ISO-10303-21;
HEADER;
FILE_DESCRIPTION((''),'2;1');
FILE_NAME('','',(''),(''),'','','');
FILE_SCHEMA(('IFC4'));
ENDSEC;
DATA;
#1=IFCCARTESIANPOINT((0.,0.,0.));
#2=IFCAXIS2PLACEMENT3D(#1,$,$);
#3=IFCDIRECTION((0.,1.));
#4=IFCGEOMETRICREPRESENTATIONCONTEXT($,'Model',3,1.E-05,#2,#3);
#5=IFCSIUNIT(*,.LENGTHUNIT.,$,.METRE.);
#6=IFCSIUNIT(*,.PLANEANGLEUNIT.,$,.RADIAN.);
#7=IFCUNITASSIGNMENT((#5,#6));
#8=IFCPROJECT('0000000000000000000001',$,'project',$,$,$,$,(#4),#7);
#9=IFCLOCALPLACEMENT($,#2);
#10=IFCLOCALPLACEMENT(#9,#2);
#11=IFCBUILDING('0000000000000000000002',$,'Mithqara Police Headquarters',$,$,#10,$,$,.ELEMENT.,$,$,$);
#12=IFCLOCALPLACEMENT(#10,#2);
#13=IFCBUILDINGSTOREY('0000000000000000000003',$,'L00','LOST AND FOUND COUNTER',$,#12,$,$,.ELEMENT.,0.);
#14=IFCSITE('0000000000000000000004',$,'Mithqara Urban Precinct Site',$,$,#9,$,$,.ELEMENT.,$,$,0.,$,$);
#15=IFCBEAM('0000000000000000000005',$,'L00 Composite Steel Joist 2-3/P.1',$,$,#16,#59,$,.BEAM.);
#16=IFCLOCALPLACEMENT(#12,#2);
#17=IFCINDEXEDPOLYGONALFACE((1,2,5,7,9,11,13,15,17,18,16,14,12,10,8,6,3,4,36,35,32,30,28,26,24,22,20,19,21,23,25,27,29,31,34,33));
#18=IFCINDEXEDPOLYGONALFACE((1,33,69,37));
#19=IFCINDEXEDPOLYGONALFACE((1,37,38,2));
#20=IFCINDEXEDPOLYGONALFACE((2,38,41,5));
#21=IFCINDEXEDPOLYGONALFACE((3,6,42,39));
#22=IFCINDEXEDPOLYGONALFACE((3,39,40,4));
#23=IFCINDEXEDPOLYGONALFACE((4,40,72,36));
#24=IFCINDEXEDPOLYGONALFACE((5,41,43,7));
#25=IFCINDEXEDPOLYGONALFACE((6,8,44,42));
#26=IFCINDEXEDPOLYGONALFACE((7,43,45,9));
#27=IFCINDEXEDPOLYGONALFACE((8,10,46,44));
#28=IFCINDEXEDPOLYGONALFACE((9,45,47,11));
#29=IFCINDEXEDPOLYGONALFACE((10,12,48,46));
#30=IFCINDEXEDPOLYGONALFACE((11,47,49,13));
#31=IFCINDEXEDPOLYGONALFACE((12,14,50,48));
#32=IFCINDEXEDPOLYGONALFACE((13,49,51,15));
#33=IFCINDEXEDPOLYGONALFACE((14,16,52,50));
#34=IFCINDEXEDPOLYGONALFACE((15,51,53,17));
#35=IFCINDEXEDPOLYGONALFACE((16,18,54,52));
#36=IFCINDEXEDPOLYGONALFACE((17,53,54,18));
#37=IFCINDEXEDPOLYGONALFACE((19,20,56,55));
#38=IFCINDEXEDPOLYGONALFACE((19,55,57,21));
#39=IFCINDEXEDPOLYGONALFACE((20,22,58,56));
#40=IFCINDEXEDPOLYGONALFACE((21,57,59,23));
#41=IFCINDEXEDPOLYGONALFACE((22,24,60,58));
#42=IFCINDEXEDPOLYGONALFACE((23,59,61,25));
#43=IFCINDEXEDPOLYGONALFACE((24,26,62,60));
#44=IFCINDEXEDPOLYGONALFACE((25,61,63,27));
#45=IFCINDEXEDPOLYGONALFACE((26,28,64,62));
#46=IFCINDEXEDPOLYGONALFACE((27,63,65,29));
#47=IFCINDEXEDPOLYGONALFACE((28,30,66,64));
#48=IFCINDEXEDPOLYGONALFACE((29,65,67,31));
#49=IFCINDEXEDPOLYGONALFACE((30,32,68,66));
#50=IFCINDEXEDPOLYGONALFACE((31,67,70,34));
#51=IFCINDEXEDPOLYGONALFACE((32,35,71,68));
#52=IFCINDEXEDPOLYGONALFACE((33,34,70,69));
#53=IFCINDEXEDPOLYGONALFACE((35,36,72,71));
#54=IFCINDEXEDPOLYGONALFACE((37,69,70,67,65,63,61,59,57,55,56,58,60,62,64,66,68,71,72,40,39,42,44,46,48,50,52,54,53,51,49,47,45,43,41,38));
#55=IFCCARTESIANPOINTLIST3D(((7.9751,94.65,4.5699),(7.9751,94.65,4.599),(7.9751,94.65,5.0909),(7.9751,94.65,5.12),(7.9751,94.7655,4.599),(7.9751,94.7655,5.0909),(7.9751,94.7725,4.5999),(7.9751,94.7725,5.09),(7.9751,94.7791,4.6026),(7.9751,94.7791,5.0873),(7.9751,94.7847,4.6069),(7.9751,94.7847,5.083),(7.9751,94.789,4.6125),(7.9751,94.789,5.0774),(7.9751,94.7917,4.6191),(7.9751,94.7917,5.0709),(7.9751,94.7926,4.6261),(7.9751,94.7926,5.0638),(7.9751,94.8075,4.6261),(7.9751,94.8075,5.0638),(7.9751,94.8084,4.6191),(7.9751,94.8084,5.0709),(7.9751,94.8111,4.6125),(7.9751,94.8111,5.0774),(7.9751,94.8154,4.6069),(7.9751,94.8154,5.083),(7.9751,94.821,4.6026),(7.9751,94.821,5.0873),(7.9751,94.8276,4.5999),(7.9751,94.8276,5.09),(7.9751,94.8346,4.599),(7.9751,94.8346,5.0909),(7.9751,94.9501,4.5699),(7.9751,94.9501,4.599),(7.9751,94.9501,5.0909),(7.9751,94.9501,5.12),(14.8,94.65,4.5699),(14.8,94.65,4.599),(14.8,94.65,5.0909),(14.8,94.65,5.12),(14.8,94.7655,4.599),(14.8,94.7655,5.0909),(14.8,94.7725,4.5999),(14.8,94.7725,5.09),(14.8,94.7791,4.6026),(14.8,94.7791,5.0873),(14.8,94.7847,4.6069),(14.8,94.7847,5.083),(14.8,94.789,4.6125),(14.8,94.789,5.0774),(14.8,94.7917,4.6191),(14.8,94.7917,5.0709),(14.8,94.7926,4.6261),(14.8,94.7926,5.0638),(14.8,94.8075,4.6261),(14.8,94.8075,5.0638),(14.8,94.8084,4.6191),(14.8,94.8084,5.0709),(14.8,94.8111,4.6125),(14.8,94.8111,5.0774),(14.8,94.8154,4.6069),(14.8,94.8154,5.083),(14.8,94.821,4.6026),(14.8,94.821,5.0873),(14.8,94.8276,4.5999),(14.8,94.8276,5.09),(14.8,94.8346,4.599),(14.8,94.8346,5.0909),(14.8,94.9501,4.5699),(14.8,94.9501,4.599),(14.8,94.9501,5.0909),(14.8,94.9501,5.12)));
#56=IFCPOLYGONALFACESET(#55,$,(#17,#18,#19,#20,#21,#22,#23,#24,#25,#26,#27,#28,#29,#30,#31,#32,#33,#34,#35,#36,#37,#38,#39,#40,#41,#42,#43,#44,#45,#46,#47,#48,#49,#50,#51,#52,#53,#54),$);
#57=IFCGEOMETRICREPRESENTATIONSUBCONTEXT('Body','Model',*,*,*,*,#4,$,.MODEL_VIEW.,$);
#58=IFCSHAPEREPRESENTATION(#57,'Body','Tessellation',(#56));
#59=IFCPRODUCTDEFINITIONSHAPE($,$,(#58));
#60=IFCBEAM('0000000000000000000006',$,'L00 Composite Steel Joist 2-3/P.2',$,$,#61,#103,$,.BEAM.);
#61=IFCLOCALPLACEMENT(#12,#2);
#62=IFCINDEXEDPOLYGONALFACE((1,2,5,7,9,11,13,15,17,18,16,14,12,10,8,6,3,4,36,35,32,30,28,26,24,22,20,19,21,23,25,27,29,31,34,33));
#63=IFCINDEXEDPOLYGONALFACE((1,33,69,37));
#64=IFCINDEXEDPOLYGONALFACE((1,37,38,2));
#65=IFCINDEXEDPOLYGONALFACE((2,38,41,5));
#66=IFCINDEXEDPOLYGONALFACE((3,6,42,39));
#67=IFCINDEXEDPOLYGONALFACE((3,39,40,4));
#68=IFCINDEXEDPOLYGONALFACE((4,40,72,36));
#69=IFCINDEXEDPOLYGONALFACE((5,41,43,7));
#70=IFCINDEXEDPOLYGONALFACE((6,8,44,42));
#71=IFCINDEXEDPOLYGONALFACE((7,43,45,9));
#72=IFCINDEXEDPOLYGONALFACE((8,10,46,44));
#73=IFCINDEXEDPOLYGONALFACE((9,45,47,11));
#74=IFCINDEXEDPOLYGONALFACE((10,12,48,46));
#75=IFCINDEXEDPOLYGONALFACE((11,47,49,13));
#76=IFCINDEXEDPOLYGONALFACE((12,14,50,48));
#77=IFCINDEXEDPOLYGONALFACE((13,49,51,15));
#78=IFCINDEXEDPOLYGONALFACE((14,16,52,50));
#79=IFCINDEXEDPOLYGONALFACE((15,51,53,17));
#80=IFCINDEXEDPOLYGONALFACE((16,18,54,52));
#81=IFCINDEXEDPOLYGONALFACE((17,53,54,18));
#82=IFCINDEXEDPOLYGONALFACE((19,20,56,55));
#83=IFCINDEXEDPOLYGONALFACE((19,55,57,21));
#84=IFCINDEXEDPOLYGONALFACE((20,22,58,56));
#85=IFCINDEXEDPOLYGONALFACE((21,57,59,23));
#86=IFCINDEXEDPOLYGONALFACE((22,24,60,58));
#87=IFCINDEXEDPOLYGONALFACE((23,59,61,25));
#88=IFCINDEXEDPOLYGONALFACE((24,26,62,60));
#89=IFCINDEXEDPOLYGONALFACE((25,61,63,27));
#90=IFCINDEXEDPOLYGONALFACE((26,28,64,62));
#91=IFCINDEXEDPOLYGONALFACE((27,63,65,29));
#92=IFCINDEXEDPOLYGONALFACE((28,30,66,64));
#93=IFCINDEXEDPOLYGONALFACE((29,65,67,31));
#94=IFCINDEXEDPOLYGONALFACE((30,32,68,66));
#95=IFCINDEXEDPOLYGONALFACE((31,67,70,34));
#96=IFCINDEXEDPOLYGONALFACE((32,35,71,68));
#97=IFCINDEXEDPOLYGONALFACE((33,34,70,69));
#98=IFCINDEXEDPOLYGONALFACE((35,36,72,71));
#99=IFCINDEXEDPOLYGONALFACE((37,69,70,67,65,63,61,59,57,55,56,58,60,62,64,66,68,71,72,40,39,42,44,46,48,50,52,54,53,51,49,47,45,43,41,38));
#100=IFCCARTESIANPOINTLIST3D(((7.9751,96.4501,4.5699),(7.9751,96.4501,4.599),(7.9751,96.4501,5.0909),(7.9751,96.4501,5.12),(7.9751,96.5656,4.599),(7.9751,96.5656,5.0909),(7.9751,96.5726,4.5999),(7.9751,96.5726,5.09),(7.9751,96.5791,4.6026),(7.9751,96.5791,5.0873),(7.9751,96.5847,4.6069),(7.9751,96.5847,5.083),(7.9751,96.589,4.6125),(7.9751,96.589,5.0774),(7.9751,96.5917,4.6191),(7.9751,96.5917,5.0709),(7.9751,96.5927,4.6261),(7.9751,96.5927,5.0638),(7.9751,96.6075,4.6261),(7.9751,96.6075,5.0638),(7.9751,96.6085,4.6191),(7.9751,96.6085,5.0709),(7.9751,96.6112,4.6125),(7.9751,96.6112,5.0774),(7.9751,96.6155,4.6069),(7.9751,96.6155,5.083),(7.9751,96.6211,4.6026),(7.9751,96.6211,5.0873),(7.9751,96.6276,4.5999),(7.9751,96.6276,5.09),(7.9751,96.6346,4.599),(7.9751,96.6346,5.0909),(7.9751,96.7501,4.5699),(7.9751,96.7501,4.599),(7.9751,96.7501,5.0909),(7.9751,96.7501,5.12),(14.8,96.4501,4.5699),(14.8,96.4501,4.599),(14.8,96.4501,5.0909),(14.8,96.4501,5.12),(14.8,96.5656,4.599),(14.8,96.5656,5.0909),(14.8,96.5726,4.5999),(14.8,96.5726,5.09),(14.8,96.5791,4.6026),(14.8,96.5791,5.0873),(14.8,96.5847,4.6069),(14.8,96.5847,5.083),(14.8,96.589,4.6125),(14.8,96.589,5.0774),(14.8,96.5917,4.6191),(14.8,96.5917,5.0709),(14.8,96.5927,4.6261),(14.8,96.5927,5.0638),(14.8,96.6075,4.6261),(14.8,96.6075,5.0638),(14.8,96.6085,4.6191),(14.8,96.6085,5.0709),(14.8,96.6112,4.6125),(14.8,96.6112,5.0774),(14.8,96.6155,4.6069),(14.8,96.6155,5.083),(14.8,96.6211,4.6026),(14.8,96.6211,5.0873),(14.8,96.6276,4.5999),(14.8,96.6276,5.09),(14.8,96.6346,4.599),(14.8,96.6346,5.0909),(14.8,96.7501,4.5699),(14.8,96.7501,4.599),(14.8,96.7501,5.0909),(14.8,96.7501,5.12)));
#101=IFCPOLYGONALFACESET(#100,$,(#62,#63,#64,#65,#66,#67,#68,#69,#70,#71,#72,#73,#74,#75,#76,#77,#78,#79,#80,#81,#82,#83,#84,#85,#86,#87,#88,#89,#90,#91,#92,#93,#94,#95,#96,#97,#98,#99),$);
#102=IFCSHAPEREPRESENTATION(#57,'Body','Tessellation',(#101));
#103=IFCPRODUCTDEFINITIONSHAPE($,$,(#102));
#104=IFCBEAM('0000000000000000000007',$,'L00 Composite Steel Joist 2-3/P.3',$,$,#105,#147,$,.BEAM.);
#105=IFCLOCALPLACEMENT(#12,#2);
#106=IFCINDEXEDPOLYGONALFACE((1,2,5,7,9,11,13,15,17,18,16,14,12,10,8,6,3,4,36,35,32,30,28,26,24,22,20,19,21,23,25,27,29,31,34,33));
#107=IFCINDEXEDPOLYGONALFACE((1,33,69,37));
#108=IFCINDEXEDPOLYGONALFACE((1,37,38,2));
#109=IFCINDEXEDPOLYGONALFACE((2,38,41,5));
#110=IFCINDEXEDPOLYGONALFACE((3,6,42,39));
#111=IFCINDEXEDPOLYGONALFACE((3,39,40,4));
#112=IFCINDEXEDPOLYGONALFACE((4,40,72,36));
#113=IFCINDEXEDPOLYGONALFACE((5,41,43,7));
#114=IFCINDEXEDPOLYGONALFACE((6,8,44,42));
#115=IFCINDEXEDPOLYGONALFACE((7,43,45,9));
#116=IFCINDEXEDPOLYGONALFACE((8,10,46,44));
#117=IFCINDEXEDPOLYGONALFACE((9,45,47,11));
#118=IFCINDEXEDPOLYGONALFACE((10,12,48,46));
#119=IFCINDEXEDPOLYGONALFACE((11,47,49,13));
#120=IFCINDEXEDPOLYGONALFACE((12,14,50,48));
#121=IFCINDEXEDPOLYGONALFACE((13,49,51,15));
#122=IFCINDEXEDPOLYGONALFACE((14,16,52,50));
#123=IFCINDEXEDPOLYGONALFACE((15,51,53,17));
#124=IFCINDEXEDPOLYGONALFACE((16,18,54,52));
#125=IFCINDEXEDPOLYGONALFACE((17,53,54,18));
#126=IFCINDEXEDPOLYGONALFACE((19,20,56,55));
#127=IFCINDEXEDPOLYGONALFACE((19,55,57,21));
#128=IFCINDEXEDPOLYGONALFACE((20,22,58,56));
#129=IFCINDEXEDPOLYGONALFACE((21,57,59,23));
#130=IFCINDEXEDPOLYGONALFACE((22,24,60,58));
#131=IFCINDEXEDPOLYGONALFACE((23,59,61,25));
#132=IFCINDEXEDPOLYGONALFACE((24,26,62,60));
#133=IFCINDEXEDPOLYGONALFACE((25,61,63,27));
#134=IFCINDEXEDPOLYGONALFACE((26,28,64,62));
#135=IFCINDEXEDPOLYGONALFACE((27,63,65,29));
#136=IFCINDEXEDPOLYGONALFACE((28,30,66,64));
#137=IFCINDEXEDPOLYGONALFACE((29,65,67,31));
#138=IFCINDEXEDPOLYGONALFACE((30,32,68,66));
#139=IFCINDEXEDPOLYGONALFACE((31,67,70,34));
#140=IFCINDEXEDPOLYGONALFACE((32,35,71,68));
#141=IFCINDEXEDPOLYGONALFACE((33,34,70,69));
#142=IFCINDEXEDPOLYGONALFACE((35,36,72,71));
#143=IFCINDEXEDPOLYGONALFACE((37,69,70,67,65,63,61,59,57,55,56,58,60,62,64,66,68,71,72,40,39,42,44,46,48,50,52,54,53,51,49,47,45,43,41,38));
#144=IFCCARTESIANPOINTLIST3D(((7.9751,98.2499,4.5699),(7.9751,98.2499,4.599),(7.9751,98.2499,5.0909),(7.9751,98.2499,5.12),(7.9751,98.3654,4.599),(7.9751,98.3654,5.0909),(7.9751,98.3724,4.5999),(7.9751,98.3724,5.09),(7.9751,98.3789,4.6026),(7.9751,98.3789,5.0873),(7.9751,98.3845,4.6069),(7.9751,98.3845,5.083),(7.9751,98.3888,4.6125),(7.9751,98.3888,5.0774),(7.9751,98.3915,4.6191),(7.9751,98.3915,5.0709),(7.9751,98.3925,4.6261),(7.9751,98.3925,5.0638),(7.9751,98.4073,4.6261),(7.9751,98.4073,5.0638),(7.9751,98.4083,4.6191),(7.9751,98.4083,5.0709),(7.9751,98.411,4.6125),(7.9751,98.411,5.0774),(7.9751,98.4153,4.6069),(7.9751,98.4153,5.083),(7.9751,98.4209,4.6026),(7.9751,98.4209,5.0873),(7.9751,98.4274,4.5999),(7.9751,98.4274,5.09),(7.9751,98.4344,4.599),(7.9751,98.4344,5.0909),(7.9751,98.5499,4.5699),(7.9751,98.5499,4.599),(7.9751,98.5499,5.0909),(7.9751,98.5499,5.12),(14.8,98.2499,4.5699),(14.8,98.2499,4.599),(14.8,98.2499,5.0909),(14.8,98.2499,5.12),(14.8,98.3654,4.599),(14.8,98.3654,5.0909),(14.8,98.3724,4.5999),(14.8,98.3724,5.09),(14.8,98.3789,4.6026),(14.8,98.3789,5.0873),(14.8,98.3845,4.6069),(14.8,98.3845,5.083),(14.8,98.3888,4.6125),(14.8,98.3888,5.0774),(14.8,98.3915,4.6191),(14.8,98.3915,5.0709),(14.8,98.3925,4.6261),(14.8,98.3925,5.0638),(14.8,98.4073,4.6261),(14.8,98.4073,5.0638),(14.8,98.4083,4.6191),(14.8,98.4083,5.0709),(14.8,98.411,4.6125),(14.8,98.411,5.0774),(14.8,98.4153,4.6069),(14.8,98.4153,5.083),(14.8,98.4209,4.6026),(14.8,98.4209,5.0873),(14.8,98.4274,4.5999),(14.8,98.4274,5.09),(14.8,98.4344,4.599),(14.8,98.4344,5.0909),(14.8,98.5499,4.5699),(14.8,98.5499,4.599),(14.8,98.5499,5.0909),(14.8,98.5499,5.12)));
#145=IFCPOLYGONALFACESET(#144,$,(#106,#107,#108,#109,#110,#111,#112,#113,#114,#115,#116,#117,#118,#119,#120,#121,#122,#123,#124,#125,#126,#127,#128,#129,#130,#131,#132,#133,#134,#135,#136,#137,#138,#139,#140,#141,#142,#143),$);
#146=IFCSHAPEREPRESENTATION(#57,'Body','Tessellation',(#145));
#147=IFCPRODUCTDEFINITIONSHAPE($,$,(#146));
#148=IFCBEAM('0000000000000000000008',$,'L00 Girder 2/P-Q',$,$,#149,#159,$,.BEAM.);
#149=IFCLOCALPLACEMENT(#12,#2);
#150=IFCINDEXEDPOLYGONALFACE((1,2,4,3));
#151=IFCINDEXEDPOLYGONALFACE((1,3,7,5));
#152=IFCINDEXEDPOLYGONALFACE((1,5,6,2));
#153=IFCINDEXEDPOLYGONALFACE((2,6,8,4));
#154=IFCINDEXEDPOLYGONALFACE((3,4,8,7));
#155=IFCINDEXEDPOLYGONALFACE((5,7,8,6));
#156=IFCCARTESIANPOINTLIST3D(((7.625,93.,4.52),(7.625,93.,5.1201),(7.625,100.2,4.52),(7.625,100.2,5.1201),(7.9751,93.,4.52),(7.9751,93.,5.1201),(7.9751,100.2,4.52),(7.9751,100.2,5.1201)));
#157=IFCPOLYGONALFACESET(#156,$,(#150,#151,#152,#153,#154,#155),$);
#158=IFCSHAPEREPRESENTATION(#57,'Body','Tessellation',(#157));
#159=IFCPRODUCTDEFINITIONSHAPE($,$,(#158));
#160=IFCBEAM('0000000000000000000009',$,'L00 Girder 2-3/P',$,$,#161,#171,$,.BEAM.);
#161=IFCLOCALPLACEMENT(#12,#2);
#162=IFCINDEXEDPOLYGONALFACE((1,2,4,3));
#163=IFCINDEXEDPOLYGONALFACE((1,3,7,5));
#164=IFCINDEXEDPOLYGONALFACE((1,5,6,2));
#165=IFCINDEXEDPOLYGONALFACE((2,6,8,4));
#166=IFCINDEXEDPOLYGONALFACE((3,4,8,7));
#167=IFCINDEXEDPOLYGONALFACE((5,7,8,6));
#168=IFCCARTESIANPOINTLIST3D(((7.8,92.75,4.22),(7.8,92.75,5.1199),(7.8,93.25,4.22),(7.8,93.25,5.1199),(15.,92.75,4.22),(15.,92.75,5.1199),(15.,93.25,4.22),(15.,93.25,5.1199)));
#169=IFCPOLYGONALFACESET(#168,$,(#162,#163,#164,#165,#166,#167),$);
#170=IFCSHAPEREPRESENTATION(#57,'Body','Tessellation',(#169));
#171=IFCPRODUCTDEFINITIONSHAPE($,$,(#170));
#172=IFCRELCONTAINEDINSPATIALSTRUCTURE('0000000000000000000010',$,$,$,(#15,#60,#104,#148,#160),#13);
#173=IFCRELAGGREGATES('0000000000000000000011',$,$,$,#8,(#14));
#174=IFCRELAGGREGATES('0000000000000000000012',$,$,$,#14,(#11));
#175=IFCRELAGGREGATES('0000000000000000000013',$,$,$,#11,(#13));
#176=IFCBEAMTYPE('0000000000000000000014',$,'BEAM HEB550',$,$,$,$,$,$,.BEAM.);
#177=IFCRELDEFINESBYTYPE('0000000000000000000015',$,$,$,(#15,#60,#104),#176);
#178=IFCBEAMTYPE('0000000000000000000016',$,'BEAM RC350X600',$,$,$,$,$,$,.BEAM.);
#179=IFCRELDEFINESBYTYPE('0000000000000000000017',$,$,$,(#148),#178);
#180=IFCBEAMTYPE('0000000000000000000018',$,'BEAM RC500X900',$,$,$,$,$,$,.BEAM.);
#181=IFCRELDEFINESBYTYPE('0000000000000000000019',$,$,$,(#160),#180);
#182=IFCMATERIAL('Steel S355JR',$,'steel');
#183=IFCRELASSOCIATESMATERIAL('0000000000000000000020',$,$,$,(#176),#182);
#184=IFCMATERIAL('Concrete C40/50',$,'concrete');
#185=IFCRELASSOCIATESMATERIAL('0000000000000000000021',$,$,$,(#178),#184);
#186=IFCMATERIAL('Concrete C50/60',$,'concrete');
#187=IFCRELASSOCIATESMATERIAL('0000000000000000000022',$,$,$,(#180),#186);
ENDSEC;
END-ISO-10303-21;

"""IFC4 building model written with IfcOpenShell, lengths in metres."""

from ifc_helpers import new_model, si_unit, direction, frame, origin, origin_2d, place, context, subcontext, project, spatial, rectangle, i_section, extrude, material, material_profile, profile_set, type_object, element, save


model = new_model("IFC4")

# Units and contexts
model_context = context("Model", 3, precision=1e-05, world=origin(), true_north=direction((0.0, 1.0)))
body_context = subcontext(model_context, "Body", "Model", "MODEL_VIEW")
ifc_project = project(units=[si_unit("LENGTHUNIT", "METRE"), si_unit("PLANEANGLEUNIT", "RADIAN")], contexts=[model_context])

# Site, building, storey
site_placement = place(None, origin())
site = spatial("IfcSite", under=ifc_project, at=site_placement, Name="Mithqara Urban Precinct Site", CompositionType="ELEMENT", RefElevation=0.0)
building_placement = place(site_placement, origin())
building = spatial("IfcBuilding", under=site, at=building_placement, Name="Mithqara Police Headquarters", CompositionType="ELEMENT")
storey_placement = place(building_placement, origin())
storey = spatial("IfcBuildingStorey", under=building, at=storey_placement, Name="L00", Description="LOST AND FOUND COUNTER", CompositionType="ELEMENT", Elevation=0.0)

# Shared definitions
ifc_material_1 = material(Name="Concrete C40/50", Category="concrete")

# Shared definitions
ifc_material_2 = material(Name="Concrete C50/60", Category="concrete")

# Beams
ifc_material_3 = material(Name="Steel S355JR", Category="steel")
ifc_material_profile_1 = material_profile(ifc_material_3, i_section(OverallWidth=0.3, OverallDepth=0.55, WebThickness=0.0149, FlangeThickness=0.0291, FilletRadius=0.0271, at=origin_2d()), Name="HEB 550")
ifc_profile_set_1 = profile_set([ifc_material_profile_1], Name="Steel S355JR")
beam_type_1 = type_object("IfcBeamType", Name="BEAM HEB550", PredefinedType="BEAM", material=ifc_profile_set_1)
for number, where, z_axis, x_axis, name in (
    (1, (7.9751, 94.8, 4.845), (1.0, 0.0, 0.0), (0.0, 1.0, 0.0), "L00 Composite Steel Joist 2-3/P.1"),
    (2, (7.9751, 96.6001, 4.845), (1.0, 0.0, 0.0), (0.0, 1.0, 0.0), "L00 Composite Steel Joist 2-3/P.2"),
    (3, (7.9751, 98.3999, 4.845), (1.0, 0.0, 0.0), (0.0, 1.0, 0.0), "L00 Composite Steel Joist 2-3/P.3"),
):
    element("IfcBeam", number, at=place(storey_placement, frame(where, z_axis=z_axis, x_axis=x_axis)), inside=storey, type_object=beam_type_1, Name=name, PredefinedType="BEAM", context=body_context, shape_type="SweptSolid", body=[
        extrude(i_section(OverallWidth=0.3, OverallDepth=0.55, WebThickness=0.0149, FlangeThickness=0.0291, FilletRadius=0.0271, at=origin_2d()), origin(), (0.0, 0.0, 1.0), 6.825),
    ])
ifc_material_profile_2 = material_profile(ifc_material_1, rectangle(XDim=0.3501, YDim=0.6001, at=origin_2d()), Name="RC 350x600")
ifc_profile_set_2 = profile_set([ifc_material_profile_2], Name="Concrete C40/50")
beam_type_2 = type_object("IfcBeamType", Name="BEAM RC350X600", PredefinedType="BEAM", material=ifc_profile_set_2)
beam_1_placement = place(storey_placement, frame((7.8, 93.0, 4.8201), z_axis=(0.0, 1.0, 0.0), x_axis=(-1.0, 0.0, 0.0)))
element("IfcBeam", 4, at=beam_1_placement, inside=storey, type_object=beam_type_2, Name="L00 Girder 2/P-Q", PredefinedType="BEAM", context=body_context, shape_type="SweptSolid", body=[
    extrude(rectangle(XDim=0.3501, YDim=0.6001, at=origin_2d()), origin(), (0.0, 0.0, 1.0), 7.2),
])
ifc_material_profile_3 = material_profile(ifc_material_2, rectangle(XDim=0.5, YDim=0.8999, at=origin_2d()), Name="RC 500x900")
ifc_profile_set_3 = profile_set([ifc_material_profile_3], Name="Concrete C50/60")
beam_type_3 = type_object("IfcBeamType", Name="BEAM RC500X900", PredefinedType="BEAM", material=ifc_profile_set_3)
beam_2_placement = place(storey_placement, frame((7.8, 93.0, 4.6699), z_axis=(1.0, 0.0, 0.0), x_axis=(0.0, 1.0, 0.0)))
element("IfcBeam", 5, at=beam_2_placement, inside=storey, type_object=beam_type_3, Name="L00 Girder 2-3/P", PredefinedType="BEAM", context=body_context, shape_type="SweptSolid", body=[
    extrude(rectangle(XDim=0.5, YDim=0.8999, at=origin_2d()), origin(), (0.0, 0.0, 1.0), 7.2),
])

save(model, "model.ifc")
